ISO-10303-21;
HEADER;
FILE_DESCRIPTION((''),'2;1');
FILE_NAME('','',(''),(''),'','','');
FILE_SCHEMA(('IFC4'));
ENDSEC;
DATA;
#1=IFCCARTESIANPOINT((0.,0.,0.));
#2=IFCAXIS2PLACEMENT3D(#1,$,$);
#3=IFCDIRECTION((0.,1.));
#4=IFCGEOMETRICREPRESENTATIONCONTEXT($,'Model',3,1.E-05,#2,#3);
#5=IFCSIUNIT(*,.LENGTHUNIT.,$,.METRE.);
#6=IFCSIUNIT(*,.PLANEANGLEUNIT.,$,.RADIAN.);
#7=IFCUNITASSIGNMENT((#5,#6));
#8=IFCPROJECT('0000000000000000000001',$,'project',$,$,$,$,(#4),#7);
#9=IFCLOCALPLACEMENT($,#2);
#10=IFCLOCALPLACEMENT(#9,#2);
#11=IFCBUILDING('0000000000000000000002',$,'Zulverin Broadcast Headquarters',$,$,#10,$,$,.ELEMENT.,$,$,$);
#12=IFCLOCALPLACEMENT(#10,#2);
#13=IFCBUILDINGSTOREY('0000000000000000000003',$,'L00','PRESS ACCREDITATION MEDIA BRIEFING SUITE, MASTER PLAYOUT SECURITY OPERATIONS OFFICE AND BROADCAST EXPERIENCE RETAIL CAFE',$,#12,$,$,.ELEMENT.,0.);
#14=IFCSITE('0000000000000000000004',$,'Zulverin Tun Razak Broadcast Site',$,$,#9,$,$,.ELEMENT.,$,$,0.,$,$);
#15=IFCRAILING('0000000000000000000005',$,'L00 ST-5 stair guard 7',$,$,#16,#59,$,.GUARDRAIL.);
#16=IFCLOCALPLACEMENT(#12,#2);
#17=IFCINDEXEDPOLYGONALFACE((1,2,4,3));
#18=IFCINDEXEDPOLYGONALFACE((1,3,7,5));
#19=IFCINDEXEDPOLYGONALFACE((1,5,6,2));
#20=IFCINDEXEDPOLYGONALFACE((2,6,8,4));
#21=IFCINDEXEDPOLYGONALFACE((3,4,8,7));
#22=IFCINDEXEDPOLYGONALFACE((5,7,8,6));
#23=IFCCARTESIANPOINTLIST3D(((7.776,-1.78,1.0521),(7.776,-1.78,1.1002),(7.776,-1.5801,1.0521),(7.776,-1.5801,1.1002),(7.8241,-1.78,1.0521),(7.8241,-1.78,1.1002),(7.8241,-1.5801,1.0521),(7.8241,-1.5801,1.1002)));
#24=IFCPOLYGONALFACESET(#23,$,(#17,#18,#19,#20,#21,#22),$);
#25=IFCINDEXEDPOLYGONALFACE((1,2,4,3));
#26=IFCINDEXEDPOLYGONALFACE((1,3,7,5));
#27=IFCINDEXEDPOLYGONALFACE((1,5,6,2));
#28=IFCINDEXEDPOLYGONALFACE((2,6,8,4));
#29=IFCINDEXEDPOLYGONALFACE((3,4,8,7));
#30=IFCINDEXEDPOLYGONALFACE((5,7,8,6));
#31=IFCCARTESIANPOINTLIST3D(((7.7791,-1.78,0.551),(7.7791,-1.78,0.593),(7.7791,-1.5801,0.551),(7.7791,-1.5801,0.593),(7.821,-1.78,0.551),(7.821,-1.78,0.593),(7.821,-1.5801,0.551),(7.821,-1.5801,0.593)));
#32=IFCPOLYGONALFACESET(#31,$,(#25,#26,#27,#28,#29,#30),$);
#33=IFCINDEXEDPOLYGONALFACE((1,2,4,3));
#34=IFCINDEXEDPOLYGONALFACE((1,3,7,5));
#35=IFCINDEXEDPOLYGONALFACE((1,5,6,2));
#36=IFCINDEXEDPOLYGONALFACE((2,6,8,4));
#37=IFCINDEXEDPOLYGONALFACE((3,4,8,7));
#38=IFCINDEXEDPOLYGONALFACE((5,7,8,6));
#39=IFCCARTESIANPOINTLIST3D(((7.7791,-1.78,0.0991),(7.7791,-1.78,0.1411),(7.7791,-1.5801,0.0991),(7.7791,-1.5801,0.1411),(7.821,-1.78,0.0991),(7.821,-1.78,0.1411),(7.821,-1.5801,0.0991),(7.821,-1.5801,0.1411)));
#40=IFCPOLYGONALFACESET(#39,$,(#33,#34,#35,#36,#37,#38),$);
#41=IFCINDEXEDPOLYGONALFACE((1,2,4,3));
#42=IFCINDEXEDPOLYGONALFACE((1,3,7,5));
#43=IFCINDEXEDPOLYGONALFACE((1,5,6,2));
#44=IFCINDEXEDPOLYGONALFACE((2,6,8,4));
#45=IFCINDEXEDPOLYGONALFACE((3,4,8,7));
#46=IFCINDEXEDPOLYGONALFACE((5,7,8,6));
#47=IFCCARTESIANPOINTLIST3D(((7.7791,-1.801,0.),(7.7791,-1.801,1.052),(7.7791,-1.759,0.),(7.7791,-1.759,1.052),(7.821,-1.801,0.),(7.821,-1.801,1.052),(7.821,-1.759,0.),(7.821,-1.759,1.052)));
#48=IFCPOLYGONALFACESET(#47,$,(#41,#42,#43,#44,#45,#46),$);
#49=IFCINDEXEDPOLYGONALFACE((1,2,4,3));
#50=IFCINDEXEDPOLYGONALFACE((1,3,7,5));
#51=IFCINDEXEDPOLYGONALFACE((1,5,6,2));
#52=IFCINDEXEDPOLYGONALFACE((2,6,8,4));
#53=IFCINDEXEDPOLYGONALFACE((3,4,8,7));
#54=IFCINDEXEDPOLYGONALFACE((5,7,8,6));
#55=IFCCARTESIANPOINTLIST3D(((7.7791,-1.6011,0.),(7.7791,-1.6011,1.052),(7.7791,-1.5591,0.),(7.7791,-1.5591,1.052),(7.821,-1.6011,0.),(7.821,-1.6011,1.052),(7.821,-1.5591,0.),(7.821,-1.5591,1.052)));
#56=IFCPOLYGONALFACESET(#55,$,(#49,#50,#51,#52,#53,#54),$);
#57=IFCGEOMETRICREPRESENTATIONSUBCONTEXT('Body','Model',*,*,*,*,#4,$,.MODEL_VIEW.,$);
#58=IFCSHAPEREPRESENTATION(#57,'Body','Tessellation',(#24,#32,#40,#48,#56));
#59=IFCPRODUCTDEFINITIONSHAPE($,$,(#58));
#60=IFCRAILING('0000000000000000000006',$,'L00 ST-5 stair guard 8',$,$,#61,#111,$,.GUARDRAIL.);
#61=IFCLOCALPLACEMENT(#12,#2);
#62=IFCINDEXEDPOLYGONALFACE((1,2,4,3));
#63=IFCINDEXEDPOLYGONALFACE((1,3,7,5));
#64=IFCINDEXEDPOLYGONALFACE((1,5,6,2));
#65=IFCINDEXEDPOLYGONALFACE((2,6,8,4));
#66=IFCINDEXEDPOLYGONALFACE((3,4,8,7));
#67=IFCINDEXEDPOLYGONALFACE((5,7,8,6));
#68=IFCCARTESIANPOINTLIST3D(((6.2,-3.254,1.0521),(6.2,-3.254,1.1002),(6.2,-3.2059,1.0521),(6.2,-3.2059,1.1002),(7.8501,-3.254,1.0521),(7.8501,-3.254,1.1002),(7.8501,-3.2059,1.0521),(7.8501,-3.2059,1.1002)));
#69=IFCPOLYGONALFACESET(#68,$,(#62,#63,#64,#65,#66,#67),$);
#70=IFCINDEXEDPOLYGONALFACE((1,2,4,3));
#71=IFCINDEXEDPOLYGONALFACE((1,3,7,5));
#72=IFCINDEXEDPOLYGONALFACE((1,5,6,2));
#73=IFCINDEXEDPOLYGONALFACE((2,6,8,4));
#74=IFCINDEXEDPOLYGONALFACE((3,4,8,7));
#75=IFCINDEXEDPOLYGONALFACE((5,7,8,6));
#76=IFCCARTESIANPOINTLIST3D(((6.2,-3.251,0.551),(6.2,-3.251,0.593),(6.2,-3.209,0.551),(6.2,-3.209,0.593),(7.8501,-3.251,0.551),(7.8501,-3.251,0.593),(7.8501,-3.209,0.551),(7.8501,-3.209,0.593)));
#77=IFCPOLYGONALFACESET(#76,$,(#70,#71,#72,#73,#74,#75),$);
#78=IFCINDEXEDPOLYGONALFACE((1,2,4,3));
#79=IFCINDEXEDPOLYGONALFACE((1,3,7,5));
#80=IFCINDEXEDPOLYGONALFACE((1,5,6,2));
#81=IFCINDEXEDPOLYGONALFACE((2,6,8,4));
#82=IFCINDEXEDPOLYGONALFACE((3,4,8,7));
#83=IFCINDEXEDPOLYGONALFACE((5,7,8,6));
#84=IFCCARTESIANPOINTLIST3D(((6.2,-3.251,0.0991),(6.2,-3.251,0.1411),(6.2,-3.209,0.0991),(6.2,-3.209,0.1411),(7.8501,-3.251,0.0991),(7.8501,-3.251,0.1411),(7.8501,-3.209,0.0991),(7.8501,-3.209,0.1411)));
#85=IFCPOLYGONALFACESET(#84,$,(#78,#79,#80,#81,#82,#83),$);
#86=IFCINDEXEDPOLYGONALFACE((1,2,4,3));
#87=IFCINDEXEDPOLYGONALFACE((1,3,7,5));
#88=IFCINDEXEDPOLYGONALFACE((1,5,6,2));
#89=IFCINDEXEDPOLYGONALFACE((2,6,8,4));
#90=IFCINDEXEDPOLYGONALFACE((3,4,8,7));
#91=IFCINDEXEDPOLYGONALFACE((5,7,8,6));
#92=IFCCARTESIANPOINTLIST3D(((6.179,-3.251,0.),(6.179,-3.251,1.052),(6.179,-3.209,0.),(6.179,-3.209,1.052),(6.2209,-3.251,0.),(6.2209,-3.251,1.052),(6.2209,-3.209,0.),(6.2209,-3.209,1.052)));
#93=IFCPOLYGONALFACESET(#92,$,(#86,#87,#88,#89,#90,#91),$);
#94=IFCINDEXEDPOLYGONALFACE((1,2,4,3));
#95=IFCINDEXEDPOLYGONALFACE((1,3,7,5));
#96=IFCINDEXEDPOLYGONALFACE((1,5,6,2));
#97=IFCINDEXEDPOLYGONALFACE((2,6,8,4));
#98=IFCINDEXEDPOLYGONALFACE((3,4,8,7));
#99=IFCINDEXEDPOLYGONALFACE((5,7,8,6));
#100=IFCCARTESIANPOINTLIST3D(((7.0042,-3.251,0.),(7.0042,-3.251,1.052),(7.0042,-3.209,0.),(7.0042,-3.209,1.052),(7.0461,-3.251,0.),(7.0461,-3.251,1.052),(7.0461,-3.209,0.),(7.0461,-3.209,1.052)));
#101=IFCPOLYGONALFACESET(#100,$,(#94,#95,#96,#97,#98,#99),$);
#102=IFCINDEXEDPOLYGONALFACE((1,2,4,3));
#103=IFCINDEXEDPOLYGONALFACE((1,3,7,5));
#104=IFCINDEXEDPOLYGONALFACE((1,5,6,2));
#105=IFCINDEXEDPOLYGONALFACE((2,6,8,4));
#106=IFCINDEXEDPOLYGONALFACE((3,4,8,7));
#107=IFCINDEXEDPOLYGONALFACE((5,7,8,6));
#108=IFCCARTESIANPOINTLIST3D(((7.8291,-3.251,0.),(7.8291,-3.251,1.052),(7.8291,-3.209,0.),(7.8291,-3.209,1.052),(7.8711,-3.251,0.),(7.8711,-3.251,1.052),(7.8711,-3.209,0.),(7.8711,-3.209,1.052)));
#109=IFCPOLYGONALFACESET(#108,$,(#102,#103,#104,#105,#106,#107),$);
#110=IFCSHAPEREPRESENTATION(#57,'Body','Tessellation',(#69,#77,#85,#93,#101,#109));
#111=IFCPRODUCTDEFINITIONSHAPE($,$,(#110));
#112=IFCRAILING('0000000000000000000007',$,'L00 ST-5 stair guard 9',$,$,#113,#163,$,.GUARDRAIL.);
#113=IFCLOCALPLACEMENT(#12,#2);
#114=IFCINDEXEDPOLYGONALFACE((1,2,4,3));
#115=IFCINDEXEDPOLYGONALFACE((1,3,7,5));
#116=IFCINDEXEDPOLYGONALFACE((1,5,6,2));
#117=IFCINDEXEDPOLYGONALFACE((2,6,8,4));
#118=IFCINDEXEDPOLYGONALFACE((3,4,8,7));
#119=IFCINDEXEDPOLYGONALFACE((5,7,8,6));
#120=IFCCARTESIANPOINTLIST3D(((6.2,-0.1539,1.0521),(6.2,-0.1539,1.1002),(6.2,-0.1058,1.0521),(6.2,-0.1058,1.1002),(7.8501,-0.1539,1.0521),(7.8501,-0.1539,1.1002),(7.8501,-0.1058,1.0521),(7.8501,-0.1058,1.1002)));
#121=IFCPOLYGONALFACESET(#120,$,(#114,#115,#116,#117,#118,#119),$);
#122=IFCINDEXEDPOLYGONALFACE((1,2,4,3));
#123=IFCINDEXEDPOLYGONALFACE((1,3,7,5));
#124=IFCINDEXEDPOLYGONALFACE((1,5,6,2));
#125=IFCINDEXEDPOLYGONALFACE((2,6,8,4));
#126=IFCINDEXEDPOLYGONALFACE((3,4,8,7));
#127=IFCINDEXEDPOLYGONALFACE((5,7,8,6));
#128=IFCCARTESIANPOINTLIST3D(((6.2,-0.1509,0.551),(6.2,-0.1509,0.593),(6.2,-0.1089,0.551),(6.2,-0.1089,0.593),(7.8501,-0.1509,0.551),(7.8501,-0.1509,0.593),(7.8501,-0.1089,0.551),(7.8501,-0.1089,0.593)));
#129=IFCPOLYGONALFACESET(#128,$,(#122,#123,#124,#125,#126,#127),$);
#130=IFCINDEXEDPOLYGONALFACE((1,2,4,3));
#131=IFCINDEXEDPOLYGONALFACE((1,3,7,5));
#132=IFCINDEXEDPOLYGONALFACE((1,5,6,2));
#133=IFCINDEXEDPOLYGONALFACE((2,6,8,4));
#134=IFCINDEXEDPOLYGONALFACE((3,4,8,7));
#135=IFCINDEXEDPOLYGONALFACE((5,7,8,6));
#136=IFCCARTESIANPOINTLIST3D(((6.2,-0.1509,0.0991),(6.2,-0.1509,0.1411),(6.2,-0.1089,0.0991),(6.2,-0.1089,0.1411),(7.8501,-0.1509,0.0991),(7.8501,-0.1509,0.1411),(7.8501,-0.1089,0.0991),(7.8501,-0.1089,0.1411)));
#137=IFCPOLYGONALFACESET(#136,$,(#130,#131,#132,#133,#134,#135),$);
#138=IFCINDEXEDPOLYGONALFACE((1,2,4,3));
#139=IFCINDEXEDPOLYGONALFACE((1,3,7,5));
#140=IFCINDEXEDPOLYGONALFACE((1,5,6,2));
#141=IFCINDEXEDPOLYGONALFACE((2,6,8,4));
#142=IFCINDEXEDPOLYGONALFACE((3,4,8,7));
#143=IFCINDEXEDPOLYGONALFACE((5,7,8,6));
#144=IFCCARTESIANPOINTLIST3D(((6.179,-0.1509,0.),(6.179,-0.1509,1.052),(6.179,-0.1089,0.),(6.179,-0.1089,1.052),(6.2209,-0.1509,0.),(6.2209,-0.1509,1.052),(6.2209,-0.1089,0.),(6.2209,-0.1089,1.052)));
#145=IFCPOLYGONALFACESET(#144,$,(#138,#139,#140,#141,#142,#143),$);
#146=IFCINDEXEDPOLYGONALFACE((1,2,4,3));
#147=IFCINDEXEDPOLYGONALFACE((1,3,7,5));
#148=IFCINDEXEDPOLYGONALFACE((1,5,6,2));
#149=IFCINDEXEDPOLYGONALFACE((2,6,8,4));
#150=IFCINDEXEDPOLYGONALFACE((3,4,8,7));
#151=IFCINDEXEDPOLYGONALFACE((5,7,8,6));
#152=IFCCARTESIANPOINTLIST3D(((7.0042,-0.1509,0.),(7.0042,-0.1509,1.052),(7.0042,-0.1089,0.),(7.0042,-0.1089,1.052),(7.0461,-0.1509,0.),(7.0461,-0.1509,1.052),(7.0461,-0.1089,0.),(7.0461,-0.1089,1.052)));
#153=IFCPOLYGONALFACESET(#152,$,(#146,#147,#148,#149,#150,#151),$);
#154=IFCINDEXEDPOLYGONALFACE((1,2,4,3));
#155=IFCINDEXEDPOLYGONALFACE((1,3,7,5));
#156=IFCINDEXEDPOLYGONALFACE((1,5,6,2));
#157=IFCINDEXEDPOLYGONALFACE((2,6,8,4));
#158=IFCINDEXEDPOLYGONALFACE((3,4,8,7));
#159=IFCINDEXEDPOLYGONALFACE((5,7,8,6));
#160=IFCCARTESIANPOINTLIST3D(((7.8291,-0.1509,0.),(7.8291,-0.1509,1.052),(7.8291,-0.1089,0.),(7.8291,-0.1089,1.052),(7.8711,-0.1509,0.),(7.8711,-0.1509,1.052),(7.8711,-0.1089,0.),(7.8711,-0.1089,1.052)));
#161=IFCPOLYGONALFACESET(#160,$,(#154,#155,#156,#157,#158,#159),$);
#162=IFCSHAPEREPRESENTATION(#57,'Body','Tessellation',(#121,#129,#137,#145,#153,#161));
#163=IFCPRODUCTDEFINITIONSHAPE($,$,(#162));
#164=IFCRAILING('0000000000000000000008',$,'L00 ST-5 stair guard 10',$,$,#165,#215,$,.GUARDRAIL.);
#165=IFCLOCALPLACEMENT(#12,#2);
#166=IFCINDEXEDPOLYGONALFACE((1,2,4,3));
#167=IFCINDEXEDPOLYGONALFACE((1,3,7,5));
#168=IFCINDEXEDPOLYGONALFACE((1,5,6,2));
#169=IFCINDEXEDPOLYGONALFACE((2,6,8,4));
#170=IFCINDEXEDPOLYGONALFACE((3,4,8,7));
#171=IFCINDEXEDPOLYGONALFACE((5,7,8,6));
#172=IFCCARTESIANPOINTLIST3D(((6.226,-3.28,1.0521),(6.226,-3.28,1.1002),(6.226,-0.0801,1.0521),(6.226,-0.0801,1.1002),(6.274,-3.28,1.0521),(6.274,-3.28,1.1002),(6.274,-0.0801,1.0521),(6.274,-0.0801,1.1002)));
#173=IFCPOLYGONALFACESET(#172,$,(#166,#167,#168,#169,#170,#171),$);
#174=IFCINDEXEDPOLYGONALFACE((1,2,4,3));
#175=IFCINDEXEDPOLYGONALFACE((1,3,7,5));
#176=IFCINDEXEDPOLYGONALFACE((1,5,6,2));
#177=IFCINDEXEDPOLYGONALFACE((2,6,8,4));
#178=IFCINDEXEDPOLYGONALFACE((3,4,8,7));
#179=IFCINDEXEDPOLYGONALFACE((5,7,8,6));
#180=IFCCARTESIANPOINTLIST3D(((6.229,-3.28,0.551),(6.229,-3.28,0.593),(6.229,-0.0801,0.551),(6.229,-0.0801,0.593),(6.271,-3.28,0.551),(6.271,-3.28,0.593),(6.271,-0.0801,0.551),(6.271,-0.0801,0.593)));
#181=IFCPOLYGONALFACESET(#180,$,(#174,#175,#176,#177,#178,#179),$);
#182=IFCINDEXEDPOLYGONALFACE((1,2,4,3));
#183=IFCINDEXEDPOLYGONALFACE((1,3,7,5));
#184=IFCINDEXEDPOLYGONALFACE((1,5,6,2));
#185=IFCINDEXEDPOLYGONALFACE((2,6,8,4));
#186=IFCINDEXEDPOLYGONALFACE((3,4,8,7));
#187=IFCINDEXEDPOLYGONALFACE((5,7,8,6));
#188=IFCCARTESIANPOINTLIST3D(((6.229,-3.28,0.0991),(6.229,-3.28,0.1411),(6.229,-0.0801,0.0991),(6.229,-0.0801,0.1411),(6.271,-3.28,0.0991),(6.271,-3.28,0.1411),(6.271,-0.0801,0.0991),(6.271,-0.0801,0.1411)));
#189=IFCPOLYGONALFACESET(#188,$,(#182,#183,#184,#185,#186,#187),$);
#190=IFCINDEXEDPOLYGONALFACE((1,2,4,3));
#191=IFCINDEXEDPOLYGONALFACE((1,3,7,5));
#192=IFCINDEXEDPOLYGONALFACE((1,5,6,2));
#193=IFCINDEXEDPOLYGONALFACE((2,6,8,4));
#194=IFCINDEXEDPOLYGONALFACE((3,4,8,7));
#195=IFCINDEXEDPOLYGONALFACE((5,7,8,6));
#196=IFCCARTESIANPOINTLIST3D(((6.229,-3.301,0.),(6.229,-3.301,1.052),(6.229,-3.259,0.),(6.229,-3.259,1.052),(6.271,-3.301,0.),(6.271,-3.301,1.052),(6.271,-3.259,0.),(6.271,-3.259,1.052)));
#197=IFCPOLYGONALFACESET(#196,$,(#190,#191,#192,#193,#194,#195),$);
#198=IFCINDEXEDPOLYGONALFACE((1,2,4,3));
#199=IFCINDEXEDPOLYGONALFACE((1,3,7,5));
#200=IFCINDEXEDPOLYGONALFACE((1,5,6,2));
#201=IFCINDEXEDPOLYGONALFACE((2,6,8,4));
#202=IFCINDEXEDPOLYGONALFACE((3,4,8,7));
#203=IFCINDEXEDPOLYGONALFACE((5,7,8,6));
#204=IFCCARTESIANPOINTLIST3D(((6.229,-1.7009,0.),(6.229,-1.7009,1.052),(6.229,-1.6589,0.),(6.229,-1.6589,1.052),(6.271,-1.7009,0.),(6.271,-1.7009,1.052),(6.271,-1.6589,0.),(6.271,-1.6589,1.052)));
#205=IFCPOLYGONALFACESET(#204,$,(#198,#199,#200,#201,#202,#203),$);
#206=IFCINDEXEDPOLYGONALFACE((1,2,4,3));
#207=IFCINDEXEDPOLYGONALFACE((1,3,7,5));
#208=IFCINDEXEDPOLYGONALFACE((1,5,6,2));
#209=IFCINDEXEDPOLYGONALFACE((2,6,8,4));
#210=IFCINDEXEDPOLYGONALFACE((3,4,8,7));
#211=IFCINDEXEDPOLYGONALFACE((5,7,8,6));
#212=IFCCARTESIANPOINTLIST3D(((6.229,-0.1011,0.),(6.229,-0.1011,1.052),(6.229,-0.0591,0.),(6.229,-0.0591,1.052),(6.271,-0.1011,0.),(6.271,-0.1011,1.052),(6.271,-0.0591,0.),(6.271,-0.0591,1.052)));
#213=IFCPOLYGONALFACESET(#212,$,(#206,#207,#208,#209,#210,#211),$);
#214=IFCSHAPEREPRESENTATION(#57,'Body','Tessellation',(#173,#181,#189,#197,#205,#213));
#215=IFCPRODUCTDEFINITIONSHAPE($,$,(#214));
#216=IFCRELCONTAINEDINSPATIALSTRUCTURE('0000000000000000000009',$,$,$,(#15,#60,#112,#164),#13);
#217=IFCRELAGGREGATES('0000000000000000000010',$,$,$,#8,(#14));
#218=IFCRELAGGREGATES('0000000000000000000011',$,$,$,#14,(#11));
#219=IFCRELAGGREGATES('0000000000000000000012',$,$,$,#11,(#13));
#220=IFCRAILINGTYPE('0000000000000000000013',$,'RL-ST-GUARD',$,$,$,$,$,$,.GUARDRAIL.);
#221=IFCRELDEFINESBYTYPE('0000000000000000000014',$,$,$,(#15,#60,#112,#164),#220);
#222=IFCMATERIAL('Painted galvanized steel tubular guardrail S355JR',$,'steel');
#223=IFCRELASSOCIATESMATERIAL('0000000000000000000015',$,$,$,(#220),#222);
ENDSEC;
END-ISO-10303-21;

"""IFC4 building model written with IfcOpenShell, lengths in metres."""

from ifc_helpers import new_model, si_unit, direction, frame, origin, origin_2d, place, context, subcontext, project, spatial, rectangle, extrude, material, type_object, element, save


model = new_model("IFC4")

# Units and contexts
model_context = context("Model", 3, precision=1e-05, world=origin(), true_north=direction((0.0, 1.0)))
body_context = subcontext(model_context, "Body", "Model", "MODEL_VIEW")
ifc_project = project(units=[si_unit("LENGTHUNIT", "METRE"), si_unit("PLANEANGLEUNIT", "RADIAN")], contexts=[model_context])

# Site, building, storey
site_placement = place(None, origin())
site = spatial("IfcSite", under=ifc_project, at=site_placement, Name="Zulverin Tun Razak Broadcast Site", CompositionType="ELEMENT", RefElevation=0.0)
building_placement = place(site_placement, origin())
building = spatial("IfcBuilding", under=site, at=building_placement, Name="Zulverin Broadcast Headquarters", CompositionType="ELEMENT")
storey_placement = place(building_placement, origin())
storey = spatial("IfcBuildingStorey", under=building, at=storey_placement, Name="L00", Description="PRESS ACCREDITATION MEDIA BRIEFING SUITE, MASTER PLAYOUT SECURITY OPERATIONS OFFICE AND BROADCAST EXPERIENCE RETAIL CAFE", CompositionType="ELEMENT", Elevation=0.0)

# Railings
ifc_material_1 = material(Name="Painted galvanized steel tubular guardrail S355JR", Category="steel")
railing_type_1 = type_object("IfcRailingType", Name="RL-ST-GUARD", PredefinedType="GUARDRAIL", material=ifc_material_1)
railing_1_placement = place(storey_placement, frame((7.8, -1.78, 0.0)))
element("IfcRailing", 1, at=railing_1_placement, inside=storey, type_object=railing_type_1, Name="L00 ST-5 stair guard 7", PredefinedType="GUARDRAIL", context=body_context, shape_type="SweptSolid", body=[
    extrude(rectangle(XDim=0.0481, YDim=0.0481, at=origin_2d()), frame((0.0, 0.0, 1.0762), z_axis=(0.0, 1.0, 0.0), x_axis=(-1.0, 0.0, 0.0)), (0.0, 0.0, 1.0), 0.2),
    extrude(rectangle(XDim=0.042, YDim=0.042, at=origin_2d()), frame((0.0, 0.0, 0.572), z_axis=(0.0, 1.0, 0.0), x_axis=(-1.0, 0.0, 0.0)), (0.0, 0.0, 1.0), 0.2),
    extrude(rectangle(XDim=0.042, YDim=0.042, at=origin_2d()), frame((0.0, 0.0, 0.1201), z_axis=(0.0, 1.0, 0.0), x_axis=(-1.0, 0.0, 0.0)), (0.0, 0.0, 1.0), 0.2),
    extrude(rectangle(XDim=0.042, YDim=0.042, at=origin_2d()), origin(), (0.0, 0.0, 1.0), 1.052),
    extrude(rectangle(XDim=0.042, YDim=0.042, at=origin_2d()), frame((0.0, 0.2, 0.0)), (0.0, 0.0, 1.0), 1.052),
])
for number, where, name in (
    (2, (6.2, -3.23, 0.0), "L00 ST-5 stair guard 8"),
    (3, (6.2, -0.1299, 0.0), "L00 ST-5 stair guard 9"),
):
    element("IfcRailing", number, at=place(storey_placement, frame(where)), inside=storey, type_object=railing_type_1, Name=name, PredefinedType="GUARDRAIL", context=body_context, shape_type="SweptSolid", body=[
        extrude(rectangle(XDim=0.0481, YDim=0.0481, at=origin_2d()), frame((0.0, 0.0, 1.0762), z_axis=(1.0, 0.0, 0.0), x_axis=(0.0, 1.0, 0.0)), (0.0, 0.0, 1.0), 1.6501),
        extrude(rectangle(XDim=0.042, YDim=0.042, at=origin_2d()), frame((0.0, 0.0, 0.572), z_axis=(1.0, 0.0, 0.0), x_axis=(0.0, 1.0, 0.0)), (0.0, 0.0, 1.0), 1.6501),
        extrude(rectangle(XDim=0.042, YDim=0.042, at=origin_2d()), frame((0.0, 0.0, 0.1201), z_axis=(1.0, 0.0, 0.0), x_axis=(0.0, 1.0, 0.0)), (0.0, 0.0, 1.0), 1.6501),
        extrude(rectangle(XDim=0.042, YDim=0.042, at=origin_2d()), origin(), (0.0, 0.0, 1.0), 1.052),
        extrude(rectangle(XDim=0.042, YDim=0.042, at=origin_2d()), frame((0.8252, 0.0, 0.0)), (0.0, 0.0, 1.0), 1.052),
        extrude(rectangle(XDim=0.042, YDim=0.042, at=origin_2d()), frame((1.6501, 0.0, 0.0)), (0.0, 0.0, 1.0), 1.052),
    ])
railing_2_placement = place(storey_placement, frame((6.25, -3.28, 0.0)))
element("IfcRailing", 4, at=railing_2_placement, inside=storey, type_object=railing_type_1, Name="L00 ST-5 stair guard 10", PredefinedType="GUARDRAIL", context=body_context, shape_type="SweptSolid", body=[
    extrude(rectangle(XDim=0.0481, YDim=0.0481, at=origin_2d()), frame((0.0, 0.0, 1.0762), z_axis=(0.0, 1.0, 0.0), x_axis=(-1.0, 0.0, 0.0)), (0.0, 0.0, 1.0), 3.2),
    extrude(rectangle(XDim=0.042, YDim=0.042, at=origin_2d()), frame((0.0, 0.0, 0.572), z_axis=(0.0, 1.0, 0.0), x_axis=(-1.0, 0.0, 0.0)), (0.0, 0.0, 1.0), 3.2),
    extrude(rectangle(XDim=0.042, YDim=0.042, at=origin_2d()), frame((0.0, 0.0, 0.1201), z_axis=(0.0, 1.0, 0.0), x_axis=(-1.0, 0.0, 0.0)), (0.0, 0.0, 1.0), 3.2),
    extrude(rectangle(XDim=0.042, YDim=0.042, at=origin_2d()), origin(), (0.0, 0.0, 1.0), 1.052),
    extrude(rectangle(XDim=0.042, YDim=0.042, at=origin_2d()), frame((0.0, 1.6001, 0.0)), (0.0, 0.0, 1.0), 1.052),
    extrude(rectangle(XDim=0.042, YDim=0.042, at=origin_2d()), frame((0.0, 3.2, 0.0)), (0.0, 0.0, 1.0), 1.052),
])

save(model, "model.ifc")
